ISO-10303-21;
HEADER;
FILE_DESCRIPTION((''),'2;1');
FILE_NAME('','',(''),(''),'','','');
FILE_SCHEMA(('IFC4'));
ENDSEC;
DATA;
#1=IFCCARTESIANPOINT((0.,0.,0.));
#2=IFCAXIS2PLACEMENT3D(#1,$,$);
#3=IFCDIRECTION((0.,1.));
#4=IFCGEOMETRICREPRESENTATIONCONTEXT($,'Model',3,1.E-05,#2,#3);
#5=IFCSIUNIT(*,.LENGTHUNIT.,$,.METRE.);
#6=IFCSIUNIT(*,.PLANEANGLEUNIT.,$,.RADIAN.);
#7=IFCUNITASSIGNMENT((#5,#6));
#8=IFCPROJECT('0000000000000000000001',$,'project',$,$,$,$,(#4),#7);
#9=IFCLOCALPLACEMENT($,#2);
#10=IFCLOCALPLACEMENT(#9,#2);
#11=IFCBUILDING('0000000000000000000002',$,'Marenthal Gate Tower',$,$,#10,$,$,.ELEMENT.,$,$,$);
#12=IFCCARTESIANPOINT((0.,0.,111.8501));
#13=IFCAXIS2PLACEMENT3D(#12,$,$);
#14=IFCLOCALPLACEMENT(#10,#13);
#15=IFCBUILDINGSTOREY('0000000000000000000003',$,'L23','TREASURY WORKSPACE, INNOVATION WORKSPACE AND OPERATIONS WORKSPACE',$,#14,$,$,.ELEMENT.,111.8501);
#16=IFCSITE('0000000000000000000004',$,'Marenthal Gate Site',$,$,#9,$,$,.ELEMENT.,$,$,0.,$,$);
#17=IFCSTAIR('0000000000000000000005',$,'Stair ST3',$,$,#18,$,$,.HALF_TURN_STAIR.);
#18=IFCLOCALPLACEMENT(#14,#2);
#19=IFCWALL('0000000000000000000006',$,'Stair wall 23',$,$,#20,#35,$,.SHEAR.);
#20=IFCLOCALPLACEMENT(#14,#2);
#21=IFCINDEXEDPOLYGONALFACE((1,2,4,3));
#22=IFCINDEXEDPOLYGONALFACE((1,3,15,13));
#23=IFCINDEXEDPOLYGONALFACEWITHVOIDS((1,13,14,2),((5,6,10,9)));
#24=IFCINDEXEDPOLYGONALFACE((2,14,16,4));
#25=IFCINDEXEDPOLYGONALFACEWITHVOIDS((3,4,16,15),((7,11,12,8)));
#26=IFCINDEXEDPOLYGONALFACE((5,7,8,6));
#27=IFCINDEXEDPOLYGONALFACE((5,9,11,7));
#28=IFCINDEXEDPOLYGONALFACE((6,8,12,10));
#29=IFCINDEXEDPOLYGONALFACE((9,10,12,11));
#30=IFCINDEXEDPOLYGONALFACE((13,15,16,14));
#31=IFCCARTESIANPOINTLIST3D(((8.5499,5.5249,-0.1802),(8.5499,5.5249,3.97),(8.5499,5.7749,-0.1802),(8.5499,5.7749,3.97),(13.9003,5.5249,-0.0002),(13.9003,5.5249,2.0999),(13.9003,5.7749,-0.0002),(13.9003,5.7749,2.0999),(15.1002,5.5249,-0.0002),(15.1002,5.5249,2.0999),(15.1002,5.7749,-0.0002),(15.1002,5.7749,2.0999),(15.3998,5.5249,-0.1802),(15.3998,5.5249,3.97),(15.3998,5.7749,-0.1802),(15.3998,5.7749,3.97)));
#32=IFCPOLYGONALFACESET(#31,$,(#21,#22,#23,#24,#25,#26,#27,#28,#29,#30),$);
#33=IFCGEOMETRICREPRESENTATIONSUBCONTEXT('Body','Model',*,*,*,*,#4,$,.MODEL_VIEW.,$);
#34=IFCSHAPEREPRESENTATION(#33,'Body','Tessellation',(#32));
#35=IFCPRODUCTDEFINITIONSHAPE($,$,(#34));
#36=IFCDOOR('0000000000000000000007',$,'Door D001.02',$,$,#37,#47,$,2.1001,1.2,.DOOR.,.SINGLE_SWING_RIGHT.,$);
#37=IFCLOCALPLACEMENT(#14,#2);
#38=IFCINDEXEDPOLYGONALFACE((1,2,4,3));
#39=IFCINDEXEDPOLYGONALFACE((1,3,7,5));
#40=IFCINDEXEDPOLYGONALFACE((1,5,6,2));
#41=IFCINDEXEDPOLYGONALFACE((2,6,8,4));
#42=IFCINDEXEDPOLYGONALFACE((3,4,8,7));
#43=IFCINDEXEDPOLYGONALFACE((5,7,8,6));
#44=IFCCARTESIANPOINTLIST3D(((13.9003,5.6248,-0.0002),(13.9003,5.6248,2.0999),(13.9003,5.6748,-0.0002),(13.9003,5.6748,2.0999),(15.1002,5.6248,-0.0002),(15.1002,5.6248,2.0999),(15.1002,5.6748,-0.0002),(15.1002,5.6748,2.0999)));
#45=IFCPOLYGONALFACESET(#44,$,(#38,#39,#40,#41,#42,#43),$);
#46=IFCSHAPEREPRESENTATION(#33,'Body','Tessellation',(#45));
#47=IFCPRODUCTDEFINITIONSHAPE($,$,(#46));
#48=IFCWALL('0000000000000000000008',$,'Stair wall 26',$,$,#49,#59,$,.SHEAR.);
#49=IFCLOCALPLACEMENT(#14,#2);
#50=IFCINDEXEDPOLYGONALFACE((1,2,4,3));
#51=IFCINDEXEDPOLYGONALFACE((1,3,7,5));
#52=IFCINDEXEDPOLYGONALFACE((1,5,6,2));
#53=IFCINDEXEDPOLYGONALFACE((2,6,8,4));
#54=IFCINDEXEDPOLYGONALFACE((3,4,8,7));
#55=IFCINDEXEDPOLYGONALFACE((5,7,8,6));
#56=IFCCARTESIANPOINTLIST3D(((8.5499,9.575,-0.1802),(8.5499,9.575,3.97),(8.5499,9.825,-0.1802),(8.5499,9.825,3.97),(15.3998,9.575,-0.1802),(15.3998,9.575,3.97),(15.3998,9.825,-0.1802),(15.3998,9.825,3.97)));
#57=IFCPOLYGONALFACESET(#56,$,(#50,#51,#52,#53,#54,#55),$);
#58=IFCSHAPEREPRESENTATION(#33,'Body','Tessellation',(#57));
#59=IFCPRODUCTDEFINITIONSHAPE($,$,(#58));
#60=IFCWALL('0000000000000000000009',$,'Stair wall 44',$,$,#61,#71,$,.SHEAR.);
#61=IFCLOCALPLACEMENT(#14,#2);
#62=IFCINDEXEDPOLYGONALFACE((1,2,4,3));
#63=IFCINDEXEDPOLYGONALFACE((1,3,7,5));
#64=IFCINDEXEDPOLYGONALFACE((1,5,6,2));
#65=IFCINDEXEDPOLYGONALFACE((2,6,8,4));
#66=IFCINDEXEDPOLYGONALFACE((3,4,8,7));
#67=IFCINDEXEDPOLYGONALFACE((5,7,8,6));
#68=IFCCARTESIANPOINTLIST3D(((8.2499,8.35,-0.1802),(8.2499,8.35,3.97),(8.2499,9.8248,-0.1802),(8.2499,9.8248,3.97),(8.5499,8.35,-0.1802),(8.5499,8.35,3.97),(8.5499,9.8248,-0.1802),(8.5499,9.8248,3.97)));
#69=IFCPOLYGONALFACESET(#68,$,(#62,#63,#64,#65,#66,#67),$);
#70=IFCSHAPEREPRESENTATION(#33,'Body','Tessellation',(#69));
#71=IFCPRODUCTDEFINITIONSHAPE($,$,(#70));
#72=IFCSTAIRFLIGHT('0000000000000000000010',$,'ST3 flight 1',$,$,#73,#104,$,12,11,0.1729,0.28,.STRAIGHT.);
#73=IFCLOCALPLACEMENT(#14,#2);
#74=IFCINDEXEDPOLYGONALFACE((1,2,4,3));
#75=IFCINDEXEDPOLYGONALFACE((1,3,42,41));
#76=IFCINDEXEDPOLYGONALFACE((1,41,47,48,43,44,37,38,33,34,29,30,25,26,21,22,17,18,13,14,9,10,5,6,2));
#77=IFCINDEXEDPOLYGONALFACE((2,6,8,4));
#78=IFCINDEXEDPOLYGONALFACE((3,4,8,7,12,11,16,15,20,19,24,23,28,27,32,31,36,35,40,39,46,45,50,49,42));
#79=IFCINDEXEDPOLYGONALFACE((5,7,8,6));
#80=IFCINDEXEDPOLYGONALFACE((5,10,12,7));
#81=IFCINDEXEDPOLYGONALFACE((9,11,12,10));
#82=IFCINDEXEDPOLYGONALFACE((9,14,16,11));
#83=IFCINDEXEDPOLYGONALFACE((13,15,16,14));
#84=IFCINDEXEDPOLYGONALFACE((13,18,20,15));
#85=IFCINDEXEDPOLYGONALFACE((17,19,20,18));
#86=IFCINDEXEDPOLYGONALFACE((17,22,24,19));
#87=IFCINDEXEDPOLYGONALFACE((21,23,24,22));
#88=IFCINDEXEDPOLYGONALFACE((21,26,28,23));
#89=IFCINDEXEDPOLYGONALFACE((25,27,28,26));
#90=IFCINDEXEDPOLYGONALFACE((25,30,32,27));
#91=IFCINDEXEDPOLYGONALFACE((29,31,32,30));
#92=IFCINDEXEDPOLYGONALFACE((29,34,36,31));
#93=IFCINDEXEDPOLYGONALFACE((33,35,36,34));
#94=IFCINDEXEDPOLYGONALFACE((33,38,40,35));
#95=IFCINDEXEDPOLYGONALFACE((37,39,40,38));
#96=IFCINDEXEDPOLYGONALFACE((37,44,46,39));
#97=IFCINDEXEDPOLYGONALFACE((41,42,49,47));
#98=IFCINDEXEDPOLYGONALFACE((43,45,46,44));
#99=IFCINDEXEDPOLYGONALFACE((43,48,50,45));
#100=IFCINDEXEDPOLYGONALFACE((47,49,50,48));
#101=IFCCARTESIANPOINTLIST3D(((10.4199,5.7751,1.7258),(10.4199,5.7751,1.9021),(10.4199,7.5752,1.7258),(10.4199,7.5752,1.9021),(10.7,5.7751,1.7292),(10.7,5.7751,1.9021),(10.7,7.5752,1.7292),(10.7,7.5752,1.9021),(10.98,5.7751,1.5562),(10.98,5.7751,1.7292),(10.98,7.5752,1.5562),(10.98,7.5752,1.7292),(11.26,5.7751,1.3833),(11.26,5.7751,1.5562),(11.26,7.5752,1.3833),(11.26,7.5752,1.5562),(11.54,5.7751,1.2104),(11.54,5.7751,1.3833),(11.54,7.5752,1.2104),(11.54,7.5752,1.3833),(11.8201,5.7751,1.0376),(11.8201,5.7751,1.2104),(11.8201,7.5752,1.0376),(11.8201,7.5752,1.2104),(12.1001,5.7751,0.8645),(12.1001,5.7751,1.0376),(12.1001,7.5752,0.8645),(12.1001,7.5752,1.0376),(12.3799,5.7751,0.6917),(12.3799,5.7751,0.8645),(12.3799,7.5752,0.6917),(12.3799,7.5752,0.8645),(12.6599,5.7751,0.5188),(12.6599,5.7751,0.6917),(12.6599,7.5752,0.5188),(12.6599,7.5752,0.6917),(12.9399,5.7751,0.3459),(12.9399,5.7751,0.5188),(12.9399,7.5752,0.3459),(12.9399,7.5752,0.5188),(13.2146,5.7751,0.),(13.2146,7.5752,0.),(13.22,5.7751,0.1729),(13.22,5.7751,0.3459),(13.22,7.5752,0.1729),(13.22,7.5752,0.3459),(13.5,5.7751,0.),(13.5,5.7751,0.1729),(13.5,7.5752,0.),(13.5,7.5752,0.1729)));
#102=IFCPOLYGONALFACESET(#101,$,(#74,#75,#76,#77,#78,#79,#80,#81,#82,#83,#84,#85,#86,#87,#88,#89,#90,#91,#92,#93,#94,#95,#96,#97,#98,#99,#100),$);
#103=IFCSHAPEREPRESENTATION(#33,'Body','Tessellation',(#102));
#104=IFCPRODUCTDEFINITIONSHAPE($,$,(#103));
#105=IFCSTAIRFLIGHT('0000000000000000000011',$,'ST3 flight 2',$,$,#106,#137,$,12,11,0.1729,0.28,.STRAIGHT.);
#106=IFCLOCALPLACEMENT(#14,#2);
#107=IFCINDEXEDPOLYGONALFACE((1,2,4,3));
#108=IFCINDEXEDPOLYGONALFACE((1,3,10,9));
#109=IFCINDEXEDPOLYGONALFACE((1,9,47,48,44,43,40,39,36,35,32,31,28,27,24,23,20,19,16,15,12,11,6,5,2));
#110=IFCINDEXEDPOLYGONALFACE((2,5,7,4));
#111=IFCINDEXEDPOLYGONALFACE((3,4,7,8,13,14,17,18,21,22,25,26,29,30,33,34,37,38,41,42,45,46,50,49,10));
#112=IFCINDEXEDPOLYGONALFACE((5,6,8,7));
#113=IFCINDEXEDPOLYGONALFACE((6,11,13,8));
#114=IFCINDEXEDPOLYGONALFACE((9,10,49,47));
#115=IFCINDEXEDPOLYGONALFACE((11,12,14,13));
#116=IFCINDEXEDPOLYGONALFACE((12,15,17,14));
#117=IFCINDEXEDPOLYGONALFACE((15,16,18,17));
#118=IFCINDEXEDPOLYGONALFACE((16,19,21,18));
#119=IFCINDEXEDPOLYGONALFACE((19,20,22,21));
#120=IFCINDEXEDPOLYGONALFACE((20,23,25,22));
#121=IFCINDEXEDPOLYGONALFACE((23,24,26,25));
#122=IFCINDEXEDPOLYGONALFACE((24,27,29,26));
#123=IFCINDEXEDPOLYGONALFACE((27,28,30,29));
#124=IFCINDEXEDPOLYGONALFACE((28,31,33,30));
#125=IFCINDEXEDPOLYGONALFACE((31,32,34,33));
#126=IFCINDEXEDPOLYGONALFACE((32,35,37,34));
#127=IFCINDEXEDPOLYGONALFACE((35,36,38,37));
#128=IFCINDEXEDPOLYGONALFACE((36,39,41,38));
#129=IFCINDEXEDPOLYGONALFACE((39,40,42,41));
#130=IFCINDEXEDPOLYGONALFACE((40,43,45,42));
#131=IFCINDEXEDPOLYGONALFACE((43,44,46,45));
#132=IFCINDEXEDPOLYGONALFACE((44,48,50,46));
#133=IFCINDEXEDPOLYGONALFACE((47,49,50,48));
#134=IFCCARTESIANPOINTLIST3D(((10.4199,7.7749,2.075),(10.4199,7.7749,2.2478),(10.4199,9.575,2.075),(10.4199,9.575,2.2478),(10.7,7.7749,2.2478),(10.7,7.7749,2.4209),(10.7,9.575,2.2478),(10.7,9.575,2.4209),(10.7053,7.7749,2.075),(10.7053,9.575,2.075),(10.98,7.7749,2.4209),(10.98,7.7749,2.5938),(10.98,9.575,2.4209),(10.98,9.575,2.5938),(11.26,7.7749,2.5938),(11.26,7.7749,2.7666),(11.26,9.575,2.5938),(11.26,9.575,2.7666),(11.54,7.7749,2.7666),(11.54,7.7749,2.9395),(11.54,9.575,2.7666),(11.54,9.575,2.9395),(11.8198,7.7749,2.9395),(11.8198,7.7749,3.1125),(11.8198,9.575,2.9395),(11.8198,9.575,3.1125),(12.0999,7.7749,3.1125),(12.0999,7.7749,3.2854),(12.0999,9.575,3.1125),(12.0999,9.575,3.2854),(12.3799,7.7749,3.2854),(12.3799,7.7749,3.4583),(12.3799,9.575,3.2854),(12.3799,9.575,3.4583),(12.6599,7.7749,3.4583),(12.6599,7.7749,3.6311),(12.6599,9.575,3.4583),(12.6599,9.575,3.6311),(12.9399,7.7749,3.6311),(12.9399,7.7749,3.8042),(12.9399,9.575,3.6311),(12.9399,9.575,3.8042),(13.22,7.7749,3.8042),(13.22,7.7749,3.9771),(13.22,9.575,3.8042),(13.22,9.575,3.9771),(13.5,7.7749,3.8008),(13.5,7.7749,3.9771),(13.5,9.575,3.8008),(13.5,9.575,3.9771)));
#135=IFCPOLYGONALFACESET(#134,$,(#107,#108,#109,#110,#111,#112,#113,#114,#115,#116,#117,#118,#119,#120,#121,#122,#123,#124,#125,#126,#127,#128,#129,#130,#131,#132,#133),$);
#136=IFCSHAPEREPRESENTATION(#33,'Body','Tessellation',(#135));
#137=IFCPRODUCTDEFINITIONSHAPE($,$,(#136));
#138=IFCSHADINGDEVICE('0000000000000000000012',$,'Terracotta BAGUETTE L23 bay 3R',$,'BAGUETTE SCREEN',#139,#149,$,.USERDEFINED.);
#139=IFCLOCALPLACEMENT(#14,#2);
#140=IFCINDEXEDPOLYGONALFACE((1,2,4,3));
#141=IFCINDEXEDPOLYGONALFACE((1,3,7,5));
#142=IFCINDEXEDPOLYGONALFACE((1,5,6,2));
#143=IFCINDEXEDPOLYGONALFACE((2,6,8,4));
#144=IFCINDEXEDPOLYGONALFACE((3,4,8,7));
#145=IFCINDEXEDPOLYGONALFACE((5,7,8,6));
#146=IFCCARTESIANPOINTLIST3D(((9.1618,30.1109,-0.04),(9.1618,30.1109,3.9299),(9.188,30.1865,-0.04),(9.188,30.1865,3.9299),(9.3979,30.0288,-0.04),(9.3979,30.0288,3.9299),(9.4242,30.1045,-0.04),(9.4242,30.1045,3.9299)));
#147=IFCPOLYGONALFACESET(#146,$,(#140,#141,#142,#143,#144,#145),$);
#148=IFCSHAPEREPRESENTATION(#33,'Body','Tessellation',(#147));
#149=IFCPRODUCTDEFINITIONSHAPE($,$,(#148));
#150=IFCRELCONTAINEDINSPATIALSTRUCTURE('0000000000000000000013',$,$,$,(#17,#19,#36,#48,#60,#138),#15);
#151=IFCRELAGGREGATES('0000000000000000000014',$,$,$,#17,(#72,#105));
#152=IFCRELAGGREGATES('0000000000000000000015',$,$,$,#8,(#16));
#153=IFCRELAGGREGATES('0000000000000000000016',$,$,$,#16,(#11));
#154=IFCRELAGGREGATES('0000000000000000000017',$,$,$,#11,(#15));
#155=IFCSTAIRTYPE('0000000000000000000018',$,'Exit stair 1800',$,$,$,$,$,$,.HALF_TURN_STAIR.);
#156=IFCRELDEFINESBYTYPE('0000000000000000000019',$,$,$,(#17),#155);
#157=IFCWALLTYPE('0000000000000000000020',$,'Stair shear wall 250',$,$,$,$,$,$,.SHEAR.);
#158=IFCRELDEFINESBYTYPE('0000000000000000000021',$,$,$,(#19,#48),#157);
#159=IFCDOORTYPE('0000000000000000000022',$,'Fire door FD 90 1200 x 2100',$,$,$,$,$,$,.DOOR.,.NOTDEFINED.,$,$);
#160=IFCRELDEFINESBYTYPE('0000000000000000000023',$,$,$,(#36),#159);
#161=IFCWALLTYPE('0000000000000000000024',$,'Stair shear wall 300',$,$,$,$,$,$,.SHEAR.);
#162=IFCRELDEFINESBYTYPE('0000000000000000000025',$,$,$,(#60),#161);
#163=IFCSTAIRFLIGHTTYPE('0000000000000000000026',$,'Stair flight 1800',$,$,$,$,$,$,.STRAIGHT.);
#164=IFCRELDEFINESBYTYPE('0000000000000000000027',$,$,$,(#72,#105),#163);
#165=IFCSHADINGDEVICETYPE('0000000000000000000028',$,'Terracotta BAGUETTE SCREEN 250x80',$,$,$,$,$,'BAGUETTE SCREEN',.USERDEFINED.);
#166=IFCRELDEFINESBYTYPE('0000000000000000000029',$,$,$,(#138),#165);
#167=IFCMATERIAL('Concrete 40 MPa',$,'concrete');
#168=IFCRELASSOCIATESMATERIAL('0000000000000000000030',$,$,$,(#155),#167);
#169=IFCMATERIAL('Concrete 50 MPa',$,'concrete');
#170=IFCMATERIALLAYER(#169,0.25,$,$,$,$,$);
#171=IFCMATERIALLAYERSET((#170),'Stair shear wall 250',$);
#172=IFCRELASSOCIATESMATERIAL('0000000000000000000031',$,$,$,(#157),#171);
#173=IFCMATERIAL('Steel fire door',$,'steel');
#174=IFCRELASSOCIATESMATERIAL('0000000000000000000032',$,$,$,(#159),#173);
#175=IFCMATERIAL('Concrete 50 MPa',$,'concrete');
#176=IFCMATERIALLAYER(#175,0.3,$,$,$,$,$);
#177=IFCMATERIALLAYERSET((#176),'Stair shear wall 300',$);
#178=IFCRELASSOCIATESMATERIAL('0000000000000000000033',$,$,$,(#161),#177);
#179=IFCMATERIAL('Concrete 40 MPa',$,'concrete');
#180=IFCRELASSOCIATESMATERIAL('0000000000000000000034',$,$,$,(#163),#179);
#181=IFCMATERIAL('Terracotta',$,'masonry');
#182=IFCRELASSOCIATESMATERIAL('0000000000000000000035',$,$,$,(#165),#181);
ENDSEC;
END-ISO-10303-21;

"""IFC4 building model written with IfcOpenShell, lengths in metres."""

from ifc_helpers import new_model, si_unit, direction, frame, frame_2d, origin, origin_2d, place, context, subcontext, project, spatial, polyline, rectangle, outline, extrude, material, layer, layer_set, material_profile, profile_set, type_object, element, fill, aggregate, save


model = new_model("IFC4")

# Units and contexts
model_context = context("Model", 3, precision=1e-05, world=origin(), true_north=direction((0.0, 1.0)))
body_context = subcontext(model_context, "Body", "Model", "MODEL_VIEW")
ifc_project = project(units=[si_unit("LENGTHUNIT", "METRE"), si_unit("PLANEANGLEUNIT", "RADIAN")], contexts=[model_context])

# Site, building, storey
site_placement = place(None, origin())
site = spatial("IfcSite", under=ifc_project, at=site_placement, Name="Marenthal Gate Site", CompositionType="ELEMENT", RefElevation=0.0)
building_placement = place(site_placement, origin())
building = spatial("IfcBuilding", under=site, at=building_placement, Name="Marenthal Gate Tower", CompositionType="ELEMENT")
storey_placement = place(building_placement, frame((0.0, 0.0, 111.8501)))
storey = spatial("IfcBuildingStorey", under=building, at=storey_placement, Name="L23", Description="TREASURY WORKSPACE, INNOVATION WORKSPACE AND OPERATIONS WORKSPACE", CompositionType="ELEMENT", Elevation=111.8501)

# Stair
ifc_material_1 = material(Name="Concrete 40 MPa", Category="concrete")
stair_type = type_object("IfcStairType", Name="Exit stair 1800", PredefinedType="HALF_TURN_STAIR", material=ifc_material_1)
stair_1_placement = place(storey_placement, origin())
stair_1 = element("IfcStair", 1, at=stair_1_placement, inside=storey, type_object=stair_type, Name="Stair ST3", PredefinedType="HALF_TURN_STAIR")

# Wall, opening, door
ifc_material_2 = material(Name="Concrete 50 MPa", Category="concrete")
ifc_layer_1 = layer(ifc_material_2, 0.25)
ifc_layer_set_1 = layer_set([ifc_layer_1], Name="Stair shear wall 250")
wall_type_1 = type_object("IfcWallType", Name="Stair shear wall 250", PredefinedType="SHEAR", material=ifc_layer_set_1)
wall_1_placement = place(storey_placement, frame((8.55, 5.6499, -0.1802), z_axis=(0.0, 0.0, 1.0), x_axis=(1.0, 0.0, 0.0)))
wall_1 = element("IfcWall", 2, at=wall_1_placement, inside=storey, type_object=wall_type_1, Name="Stair wall 23", PredefinedType="SHEAR", context=body_context, shape_type="SweptSolid", body=[
    extrude(rectangle(XDim=6.8499, YDim=0.25, at=frame_2d((3.4248, 0.0))), origin(), (0.0, 0.0, 1.0), 4.1501),
])
opening_1_placement = place(wall_1_placement, frame((5.3501, 0.0, 0.1799)))
opening_1 = element("IfcOpeningElement", 3, at=opening_1_placement, cuts=wall_1, PredefinedType="OPENING", context=body_context, shape_type="SweptSolid", body=[
    extrude(rectangle(XDim=1.2, YDim=2.1001, at=frame_2d((0.6001, 1.05))), frame((0.0, 0.135, 0.0), z_axis=(0.0, -1.0, 0.0), x_axis=(1.0, 0.0, 0.0)), (0.0, 0.0, 1.0), 0.27),
])
ifc_material_3 = material(Name="Steel fire door", Category="steel")
door_type_1 = type_object("IfcDoorType", Name="Fire door FD 90 1200 x 2100", OperationType="NOTDEFINED", PredefinedType="DOOR", material=ifc_material_3)
door_1_placement = place(opening_1_placement, origin())
door_1 = element("IfcDoor", 4, at=door_1_placement, inside=storey, type_object=door_type_1, Name="Door D001.02", OperationType="SINGLE_SWING_RIGHT", OverallHeight=2.1001, OverallWidth=1.2, PredefinedType="DOOR", context=body_context, shape_type="SweptSolid", body=[
    extrude(rectangle(XDim=1.2, YDim=2.1001, at=frame_2d((0.6001, 1.05))), frame((0.0, 0.0249, 0.0), z_axis=(0.0, -1.0, 0.0), x_axis=(1.0, 0.0, 0.0)), (0.0, 0.0, 1.0), 0.05),
])
fill(opening_1, door_1)

# Walls
wall_2_placement = place(storey_placement, frame((8.55, 9.7, -0.1802), z_axis=(0.0, 0.0, 1.0), x_axis=(1.0, 0.0, 0.0)))
element("IfcWall", 5, at=wall_2_placement, inside=storey, type_object=wall_type_1, Name="Stair wall 26", PredefinedType="SHEAR", context=body_context, shape_type="SweptSolid", body=[
    extrude(rectangle(XDim=6.8499, YDim=0.25, at=frame_2d((3.4248, 0.0))), origin(), (0.0, 0.0, 1.0), 4.1501),
])
ifc_material_4 = material(Name="Concrete 50 MPa", Category="concrete")
ifc_layer_2 = layer(ifc_material_4, 0.3)
ifc_layer_set_2 = layer_set([ifc_layer_2], Name="Stair shear wall 300")
wall_type_2 = type_object("IfcWallType", Name="Stair shear wall 300", PredefinedType="SHEAR", material=ifc_layer_set_2)
wall_3_placement = place(storey_placement, frame((8.3999, 8.3501, -0.1802), z_axis=(0.0, 0.0, 1.0), x_axis=(0.0, 1.0, 0.0)))
element("IfcWall", 6, at=wall_3_placement, inside=storey, type_object=wall_type_2, Name="Stair wall 44", PredefinedType="SHEAR", context=body_context, shape_type="SweptSolid", body=[
    extrude(rectangle(XDim=1.4749, YDim=0.3, at=frame_2d((0.7373, 0.0))), origin(), (0.0, 0.0, 1.0), 4.1501),
])

# Stair flights
ifc_material_5 = material(Name="Concrete 40 MPa", Category="concrete")
stair_flight_type = type_object("IfcStairFlightType", Name="Stair flight 1800", PredefinedType="STRAIGHT", material=ifc_material_5)
stair_flight_1_placement = place(storey_placement, frame((13.5, 6.675, 0.0), z_axis=(0.0, 0.0, 1.0), x_axis=(-1.0, 0.0, 0.0)))
stair_flight_1 = element("IfcStairFlight", 7, at=stair_flight_1_placement, type_object=stair_flight_type, Name="ST3 flight 1", NumberOfRisers=12, NumberOfTreads=11, PredefinedType="STRAIGHT", RiserHeight=0.1729, TreadLength=0.28, context=body_context, shape_type="SweptSolid", body=[
    extrude(outline(polyline([(0.0, 0.0), (0.0, 0.1729), (0.28, 0.1729), (0.28, 0.3459), (0.5601, 0.3459), (0.5601, 0.5188), (0.8401, 0.5188), (0.8401, 0.6917), (1.1201, 0.6917), (1.1201, 0.8645), (1.3999, 0.8645), (1.3999, 1.0376), (1.6799, 1.0376), (1.6799, 1.2104), (1.96, 1.2104), (1.96, 1.3833), (2.24, 1.3833), (2.24, 1.5562), (2.52, 1.5562), (2.52, 1.7292), (2.8, 1.7292), (2.8, 1.9021), (3.0801, 1.9021), (3.0801, 2.075), (3.0801, 1.7258), (0.2854, 0.0), (0.0, 0.0)])), frame((0.0, 0.8999, 0.0), z_axis=(0.0, -1.0, 0.0), x_axis=(1.0, 0.0, 0.0)), (0.0, 0.0, 1.0), 1.8),
])
stair_flight_2_placement = place(storey_placement, frame((10.4199, 8.675, 2.075), z_axis=(0.0, 0.0, 1.0), x_axis=(1.0, 0.0, 0.0)))
stair_flight_2 = element("IfcStairFlight", 8, at=stair_flight_2_placement, type_object=stair_flight_type, Name="ST3 flight 2", NumberOfRisers=12, NumberOfTreads=11, PredefinedType="STRAIGHT", RiserHeight=0.1729, TreadLength=0.28, context=body_context, shape_type="SweptSolid", body=[
    extrude(outline(polyline([(0.0, 0.0), (0.0, 0.1729), (0.28, 0.1729), (0.28, 0.3459), (0.5601, 0.3459), (0.5601, 0.5188), (0.8401, 0.5188), (0.8401, 0.6917), (1.1201, 0.6917), (1.1201, 0.8645), (1.3999, 0.8645), (1.3999, 1.0376), (1.6799, 1.0376), (1.6799, 1.2104), (1.96, 1.2104), (1.96, 1.3833), (2.24, 1.3833), (2.24, 1.5562), (2.52, 1.5562), (2.52, 1.7292), (2.8, 1.7292), (2.8, 1.9021), (3.0801, 1.9021), (3.0801, 2.075), (3.0801, 1.7258), (0.2854, 0.0), (0.0, 0.0)])), frame((0.0, 0.8999, 0.0), z_axis=(0.0, -1.0, 0.0), x_axis=(1.0, 0.0, 0.0)), (0.0, 0.0, 1.0), 1.8),
])
aggregate(stair_1, [stair_flight_1, stair_flight_2])

# Shading device
ifc_material_6 = material(Name="Terracotta", Category="masonry")
ifc_material_profile_1 = material_profile(ifc_material_6, rectangle(XDim=0.25, YDim=0.0801, at=origin_2d()), Name="Terracotta baguette 250x80")
ifc_profile_set_1 = profile_set([ifc_material_profile_1], Name="Terracotta")
shading_device_type = type_object("IfcShadingDeviceType", Name="Terracotta BAGUETTE SCREEN 250x80", ElementType="BAGUETTE SCREEN", PredefinedType="USERDEFINED", material=ifc_profile_set_1)
shading_device_placement = place(storey_placement, frame((9.293, 30.1077, -0.04), z_axis=(0.0, 0.0, 1.0), x_axis=(-0.944597, 0.328231, 0.0)))
element("IfcShadingDevice", 9, at=shading_device_placement, inside=storey, type_object=shading_device_type, Name="Terracotta BAGUETTE L23 bay 3R", ObjectType="BAGUETTE SCREEN", PredefinedType="USERDEFINED", context=body_context, shape_type="SweptSolid", body=[
    extrude(rectangle(XDim=0.25, YDim=0.0801, at=origin_2d()), origin(), (0.0, 0.0, 1.0), 3.97),
])

save(model, "model.ifc")
